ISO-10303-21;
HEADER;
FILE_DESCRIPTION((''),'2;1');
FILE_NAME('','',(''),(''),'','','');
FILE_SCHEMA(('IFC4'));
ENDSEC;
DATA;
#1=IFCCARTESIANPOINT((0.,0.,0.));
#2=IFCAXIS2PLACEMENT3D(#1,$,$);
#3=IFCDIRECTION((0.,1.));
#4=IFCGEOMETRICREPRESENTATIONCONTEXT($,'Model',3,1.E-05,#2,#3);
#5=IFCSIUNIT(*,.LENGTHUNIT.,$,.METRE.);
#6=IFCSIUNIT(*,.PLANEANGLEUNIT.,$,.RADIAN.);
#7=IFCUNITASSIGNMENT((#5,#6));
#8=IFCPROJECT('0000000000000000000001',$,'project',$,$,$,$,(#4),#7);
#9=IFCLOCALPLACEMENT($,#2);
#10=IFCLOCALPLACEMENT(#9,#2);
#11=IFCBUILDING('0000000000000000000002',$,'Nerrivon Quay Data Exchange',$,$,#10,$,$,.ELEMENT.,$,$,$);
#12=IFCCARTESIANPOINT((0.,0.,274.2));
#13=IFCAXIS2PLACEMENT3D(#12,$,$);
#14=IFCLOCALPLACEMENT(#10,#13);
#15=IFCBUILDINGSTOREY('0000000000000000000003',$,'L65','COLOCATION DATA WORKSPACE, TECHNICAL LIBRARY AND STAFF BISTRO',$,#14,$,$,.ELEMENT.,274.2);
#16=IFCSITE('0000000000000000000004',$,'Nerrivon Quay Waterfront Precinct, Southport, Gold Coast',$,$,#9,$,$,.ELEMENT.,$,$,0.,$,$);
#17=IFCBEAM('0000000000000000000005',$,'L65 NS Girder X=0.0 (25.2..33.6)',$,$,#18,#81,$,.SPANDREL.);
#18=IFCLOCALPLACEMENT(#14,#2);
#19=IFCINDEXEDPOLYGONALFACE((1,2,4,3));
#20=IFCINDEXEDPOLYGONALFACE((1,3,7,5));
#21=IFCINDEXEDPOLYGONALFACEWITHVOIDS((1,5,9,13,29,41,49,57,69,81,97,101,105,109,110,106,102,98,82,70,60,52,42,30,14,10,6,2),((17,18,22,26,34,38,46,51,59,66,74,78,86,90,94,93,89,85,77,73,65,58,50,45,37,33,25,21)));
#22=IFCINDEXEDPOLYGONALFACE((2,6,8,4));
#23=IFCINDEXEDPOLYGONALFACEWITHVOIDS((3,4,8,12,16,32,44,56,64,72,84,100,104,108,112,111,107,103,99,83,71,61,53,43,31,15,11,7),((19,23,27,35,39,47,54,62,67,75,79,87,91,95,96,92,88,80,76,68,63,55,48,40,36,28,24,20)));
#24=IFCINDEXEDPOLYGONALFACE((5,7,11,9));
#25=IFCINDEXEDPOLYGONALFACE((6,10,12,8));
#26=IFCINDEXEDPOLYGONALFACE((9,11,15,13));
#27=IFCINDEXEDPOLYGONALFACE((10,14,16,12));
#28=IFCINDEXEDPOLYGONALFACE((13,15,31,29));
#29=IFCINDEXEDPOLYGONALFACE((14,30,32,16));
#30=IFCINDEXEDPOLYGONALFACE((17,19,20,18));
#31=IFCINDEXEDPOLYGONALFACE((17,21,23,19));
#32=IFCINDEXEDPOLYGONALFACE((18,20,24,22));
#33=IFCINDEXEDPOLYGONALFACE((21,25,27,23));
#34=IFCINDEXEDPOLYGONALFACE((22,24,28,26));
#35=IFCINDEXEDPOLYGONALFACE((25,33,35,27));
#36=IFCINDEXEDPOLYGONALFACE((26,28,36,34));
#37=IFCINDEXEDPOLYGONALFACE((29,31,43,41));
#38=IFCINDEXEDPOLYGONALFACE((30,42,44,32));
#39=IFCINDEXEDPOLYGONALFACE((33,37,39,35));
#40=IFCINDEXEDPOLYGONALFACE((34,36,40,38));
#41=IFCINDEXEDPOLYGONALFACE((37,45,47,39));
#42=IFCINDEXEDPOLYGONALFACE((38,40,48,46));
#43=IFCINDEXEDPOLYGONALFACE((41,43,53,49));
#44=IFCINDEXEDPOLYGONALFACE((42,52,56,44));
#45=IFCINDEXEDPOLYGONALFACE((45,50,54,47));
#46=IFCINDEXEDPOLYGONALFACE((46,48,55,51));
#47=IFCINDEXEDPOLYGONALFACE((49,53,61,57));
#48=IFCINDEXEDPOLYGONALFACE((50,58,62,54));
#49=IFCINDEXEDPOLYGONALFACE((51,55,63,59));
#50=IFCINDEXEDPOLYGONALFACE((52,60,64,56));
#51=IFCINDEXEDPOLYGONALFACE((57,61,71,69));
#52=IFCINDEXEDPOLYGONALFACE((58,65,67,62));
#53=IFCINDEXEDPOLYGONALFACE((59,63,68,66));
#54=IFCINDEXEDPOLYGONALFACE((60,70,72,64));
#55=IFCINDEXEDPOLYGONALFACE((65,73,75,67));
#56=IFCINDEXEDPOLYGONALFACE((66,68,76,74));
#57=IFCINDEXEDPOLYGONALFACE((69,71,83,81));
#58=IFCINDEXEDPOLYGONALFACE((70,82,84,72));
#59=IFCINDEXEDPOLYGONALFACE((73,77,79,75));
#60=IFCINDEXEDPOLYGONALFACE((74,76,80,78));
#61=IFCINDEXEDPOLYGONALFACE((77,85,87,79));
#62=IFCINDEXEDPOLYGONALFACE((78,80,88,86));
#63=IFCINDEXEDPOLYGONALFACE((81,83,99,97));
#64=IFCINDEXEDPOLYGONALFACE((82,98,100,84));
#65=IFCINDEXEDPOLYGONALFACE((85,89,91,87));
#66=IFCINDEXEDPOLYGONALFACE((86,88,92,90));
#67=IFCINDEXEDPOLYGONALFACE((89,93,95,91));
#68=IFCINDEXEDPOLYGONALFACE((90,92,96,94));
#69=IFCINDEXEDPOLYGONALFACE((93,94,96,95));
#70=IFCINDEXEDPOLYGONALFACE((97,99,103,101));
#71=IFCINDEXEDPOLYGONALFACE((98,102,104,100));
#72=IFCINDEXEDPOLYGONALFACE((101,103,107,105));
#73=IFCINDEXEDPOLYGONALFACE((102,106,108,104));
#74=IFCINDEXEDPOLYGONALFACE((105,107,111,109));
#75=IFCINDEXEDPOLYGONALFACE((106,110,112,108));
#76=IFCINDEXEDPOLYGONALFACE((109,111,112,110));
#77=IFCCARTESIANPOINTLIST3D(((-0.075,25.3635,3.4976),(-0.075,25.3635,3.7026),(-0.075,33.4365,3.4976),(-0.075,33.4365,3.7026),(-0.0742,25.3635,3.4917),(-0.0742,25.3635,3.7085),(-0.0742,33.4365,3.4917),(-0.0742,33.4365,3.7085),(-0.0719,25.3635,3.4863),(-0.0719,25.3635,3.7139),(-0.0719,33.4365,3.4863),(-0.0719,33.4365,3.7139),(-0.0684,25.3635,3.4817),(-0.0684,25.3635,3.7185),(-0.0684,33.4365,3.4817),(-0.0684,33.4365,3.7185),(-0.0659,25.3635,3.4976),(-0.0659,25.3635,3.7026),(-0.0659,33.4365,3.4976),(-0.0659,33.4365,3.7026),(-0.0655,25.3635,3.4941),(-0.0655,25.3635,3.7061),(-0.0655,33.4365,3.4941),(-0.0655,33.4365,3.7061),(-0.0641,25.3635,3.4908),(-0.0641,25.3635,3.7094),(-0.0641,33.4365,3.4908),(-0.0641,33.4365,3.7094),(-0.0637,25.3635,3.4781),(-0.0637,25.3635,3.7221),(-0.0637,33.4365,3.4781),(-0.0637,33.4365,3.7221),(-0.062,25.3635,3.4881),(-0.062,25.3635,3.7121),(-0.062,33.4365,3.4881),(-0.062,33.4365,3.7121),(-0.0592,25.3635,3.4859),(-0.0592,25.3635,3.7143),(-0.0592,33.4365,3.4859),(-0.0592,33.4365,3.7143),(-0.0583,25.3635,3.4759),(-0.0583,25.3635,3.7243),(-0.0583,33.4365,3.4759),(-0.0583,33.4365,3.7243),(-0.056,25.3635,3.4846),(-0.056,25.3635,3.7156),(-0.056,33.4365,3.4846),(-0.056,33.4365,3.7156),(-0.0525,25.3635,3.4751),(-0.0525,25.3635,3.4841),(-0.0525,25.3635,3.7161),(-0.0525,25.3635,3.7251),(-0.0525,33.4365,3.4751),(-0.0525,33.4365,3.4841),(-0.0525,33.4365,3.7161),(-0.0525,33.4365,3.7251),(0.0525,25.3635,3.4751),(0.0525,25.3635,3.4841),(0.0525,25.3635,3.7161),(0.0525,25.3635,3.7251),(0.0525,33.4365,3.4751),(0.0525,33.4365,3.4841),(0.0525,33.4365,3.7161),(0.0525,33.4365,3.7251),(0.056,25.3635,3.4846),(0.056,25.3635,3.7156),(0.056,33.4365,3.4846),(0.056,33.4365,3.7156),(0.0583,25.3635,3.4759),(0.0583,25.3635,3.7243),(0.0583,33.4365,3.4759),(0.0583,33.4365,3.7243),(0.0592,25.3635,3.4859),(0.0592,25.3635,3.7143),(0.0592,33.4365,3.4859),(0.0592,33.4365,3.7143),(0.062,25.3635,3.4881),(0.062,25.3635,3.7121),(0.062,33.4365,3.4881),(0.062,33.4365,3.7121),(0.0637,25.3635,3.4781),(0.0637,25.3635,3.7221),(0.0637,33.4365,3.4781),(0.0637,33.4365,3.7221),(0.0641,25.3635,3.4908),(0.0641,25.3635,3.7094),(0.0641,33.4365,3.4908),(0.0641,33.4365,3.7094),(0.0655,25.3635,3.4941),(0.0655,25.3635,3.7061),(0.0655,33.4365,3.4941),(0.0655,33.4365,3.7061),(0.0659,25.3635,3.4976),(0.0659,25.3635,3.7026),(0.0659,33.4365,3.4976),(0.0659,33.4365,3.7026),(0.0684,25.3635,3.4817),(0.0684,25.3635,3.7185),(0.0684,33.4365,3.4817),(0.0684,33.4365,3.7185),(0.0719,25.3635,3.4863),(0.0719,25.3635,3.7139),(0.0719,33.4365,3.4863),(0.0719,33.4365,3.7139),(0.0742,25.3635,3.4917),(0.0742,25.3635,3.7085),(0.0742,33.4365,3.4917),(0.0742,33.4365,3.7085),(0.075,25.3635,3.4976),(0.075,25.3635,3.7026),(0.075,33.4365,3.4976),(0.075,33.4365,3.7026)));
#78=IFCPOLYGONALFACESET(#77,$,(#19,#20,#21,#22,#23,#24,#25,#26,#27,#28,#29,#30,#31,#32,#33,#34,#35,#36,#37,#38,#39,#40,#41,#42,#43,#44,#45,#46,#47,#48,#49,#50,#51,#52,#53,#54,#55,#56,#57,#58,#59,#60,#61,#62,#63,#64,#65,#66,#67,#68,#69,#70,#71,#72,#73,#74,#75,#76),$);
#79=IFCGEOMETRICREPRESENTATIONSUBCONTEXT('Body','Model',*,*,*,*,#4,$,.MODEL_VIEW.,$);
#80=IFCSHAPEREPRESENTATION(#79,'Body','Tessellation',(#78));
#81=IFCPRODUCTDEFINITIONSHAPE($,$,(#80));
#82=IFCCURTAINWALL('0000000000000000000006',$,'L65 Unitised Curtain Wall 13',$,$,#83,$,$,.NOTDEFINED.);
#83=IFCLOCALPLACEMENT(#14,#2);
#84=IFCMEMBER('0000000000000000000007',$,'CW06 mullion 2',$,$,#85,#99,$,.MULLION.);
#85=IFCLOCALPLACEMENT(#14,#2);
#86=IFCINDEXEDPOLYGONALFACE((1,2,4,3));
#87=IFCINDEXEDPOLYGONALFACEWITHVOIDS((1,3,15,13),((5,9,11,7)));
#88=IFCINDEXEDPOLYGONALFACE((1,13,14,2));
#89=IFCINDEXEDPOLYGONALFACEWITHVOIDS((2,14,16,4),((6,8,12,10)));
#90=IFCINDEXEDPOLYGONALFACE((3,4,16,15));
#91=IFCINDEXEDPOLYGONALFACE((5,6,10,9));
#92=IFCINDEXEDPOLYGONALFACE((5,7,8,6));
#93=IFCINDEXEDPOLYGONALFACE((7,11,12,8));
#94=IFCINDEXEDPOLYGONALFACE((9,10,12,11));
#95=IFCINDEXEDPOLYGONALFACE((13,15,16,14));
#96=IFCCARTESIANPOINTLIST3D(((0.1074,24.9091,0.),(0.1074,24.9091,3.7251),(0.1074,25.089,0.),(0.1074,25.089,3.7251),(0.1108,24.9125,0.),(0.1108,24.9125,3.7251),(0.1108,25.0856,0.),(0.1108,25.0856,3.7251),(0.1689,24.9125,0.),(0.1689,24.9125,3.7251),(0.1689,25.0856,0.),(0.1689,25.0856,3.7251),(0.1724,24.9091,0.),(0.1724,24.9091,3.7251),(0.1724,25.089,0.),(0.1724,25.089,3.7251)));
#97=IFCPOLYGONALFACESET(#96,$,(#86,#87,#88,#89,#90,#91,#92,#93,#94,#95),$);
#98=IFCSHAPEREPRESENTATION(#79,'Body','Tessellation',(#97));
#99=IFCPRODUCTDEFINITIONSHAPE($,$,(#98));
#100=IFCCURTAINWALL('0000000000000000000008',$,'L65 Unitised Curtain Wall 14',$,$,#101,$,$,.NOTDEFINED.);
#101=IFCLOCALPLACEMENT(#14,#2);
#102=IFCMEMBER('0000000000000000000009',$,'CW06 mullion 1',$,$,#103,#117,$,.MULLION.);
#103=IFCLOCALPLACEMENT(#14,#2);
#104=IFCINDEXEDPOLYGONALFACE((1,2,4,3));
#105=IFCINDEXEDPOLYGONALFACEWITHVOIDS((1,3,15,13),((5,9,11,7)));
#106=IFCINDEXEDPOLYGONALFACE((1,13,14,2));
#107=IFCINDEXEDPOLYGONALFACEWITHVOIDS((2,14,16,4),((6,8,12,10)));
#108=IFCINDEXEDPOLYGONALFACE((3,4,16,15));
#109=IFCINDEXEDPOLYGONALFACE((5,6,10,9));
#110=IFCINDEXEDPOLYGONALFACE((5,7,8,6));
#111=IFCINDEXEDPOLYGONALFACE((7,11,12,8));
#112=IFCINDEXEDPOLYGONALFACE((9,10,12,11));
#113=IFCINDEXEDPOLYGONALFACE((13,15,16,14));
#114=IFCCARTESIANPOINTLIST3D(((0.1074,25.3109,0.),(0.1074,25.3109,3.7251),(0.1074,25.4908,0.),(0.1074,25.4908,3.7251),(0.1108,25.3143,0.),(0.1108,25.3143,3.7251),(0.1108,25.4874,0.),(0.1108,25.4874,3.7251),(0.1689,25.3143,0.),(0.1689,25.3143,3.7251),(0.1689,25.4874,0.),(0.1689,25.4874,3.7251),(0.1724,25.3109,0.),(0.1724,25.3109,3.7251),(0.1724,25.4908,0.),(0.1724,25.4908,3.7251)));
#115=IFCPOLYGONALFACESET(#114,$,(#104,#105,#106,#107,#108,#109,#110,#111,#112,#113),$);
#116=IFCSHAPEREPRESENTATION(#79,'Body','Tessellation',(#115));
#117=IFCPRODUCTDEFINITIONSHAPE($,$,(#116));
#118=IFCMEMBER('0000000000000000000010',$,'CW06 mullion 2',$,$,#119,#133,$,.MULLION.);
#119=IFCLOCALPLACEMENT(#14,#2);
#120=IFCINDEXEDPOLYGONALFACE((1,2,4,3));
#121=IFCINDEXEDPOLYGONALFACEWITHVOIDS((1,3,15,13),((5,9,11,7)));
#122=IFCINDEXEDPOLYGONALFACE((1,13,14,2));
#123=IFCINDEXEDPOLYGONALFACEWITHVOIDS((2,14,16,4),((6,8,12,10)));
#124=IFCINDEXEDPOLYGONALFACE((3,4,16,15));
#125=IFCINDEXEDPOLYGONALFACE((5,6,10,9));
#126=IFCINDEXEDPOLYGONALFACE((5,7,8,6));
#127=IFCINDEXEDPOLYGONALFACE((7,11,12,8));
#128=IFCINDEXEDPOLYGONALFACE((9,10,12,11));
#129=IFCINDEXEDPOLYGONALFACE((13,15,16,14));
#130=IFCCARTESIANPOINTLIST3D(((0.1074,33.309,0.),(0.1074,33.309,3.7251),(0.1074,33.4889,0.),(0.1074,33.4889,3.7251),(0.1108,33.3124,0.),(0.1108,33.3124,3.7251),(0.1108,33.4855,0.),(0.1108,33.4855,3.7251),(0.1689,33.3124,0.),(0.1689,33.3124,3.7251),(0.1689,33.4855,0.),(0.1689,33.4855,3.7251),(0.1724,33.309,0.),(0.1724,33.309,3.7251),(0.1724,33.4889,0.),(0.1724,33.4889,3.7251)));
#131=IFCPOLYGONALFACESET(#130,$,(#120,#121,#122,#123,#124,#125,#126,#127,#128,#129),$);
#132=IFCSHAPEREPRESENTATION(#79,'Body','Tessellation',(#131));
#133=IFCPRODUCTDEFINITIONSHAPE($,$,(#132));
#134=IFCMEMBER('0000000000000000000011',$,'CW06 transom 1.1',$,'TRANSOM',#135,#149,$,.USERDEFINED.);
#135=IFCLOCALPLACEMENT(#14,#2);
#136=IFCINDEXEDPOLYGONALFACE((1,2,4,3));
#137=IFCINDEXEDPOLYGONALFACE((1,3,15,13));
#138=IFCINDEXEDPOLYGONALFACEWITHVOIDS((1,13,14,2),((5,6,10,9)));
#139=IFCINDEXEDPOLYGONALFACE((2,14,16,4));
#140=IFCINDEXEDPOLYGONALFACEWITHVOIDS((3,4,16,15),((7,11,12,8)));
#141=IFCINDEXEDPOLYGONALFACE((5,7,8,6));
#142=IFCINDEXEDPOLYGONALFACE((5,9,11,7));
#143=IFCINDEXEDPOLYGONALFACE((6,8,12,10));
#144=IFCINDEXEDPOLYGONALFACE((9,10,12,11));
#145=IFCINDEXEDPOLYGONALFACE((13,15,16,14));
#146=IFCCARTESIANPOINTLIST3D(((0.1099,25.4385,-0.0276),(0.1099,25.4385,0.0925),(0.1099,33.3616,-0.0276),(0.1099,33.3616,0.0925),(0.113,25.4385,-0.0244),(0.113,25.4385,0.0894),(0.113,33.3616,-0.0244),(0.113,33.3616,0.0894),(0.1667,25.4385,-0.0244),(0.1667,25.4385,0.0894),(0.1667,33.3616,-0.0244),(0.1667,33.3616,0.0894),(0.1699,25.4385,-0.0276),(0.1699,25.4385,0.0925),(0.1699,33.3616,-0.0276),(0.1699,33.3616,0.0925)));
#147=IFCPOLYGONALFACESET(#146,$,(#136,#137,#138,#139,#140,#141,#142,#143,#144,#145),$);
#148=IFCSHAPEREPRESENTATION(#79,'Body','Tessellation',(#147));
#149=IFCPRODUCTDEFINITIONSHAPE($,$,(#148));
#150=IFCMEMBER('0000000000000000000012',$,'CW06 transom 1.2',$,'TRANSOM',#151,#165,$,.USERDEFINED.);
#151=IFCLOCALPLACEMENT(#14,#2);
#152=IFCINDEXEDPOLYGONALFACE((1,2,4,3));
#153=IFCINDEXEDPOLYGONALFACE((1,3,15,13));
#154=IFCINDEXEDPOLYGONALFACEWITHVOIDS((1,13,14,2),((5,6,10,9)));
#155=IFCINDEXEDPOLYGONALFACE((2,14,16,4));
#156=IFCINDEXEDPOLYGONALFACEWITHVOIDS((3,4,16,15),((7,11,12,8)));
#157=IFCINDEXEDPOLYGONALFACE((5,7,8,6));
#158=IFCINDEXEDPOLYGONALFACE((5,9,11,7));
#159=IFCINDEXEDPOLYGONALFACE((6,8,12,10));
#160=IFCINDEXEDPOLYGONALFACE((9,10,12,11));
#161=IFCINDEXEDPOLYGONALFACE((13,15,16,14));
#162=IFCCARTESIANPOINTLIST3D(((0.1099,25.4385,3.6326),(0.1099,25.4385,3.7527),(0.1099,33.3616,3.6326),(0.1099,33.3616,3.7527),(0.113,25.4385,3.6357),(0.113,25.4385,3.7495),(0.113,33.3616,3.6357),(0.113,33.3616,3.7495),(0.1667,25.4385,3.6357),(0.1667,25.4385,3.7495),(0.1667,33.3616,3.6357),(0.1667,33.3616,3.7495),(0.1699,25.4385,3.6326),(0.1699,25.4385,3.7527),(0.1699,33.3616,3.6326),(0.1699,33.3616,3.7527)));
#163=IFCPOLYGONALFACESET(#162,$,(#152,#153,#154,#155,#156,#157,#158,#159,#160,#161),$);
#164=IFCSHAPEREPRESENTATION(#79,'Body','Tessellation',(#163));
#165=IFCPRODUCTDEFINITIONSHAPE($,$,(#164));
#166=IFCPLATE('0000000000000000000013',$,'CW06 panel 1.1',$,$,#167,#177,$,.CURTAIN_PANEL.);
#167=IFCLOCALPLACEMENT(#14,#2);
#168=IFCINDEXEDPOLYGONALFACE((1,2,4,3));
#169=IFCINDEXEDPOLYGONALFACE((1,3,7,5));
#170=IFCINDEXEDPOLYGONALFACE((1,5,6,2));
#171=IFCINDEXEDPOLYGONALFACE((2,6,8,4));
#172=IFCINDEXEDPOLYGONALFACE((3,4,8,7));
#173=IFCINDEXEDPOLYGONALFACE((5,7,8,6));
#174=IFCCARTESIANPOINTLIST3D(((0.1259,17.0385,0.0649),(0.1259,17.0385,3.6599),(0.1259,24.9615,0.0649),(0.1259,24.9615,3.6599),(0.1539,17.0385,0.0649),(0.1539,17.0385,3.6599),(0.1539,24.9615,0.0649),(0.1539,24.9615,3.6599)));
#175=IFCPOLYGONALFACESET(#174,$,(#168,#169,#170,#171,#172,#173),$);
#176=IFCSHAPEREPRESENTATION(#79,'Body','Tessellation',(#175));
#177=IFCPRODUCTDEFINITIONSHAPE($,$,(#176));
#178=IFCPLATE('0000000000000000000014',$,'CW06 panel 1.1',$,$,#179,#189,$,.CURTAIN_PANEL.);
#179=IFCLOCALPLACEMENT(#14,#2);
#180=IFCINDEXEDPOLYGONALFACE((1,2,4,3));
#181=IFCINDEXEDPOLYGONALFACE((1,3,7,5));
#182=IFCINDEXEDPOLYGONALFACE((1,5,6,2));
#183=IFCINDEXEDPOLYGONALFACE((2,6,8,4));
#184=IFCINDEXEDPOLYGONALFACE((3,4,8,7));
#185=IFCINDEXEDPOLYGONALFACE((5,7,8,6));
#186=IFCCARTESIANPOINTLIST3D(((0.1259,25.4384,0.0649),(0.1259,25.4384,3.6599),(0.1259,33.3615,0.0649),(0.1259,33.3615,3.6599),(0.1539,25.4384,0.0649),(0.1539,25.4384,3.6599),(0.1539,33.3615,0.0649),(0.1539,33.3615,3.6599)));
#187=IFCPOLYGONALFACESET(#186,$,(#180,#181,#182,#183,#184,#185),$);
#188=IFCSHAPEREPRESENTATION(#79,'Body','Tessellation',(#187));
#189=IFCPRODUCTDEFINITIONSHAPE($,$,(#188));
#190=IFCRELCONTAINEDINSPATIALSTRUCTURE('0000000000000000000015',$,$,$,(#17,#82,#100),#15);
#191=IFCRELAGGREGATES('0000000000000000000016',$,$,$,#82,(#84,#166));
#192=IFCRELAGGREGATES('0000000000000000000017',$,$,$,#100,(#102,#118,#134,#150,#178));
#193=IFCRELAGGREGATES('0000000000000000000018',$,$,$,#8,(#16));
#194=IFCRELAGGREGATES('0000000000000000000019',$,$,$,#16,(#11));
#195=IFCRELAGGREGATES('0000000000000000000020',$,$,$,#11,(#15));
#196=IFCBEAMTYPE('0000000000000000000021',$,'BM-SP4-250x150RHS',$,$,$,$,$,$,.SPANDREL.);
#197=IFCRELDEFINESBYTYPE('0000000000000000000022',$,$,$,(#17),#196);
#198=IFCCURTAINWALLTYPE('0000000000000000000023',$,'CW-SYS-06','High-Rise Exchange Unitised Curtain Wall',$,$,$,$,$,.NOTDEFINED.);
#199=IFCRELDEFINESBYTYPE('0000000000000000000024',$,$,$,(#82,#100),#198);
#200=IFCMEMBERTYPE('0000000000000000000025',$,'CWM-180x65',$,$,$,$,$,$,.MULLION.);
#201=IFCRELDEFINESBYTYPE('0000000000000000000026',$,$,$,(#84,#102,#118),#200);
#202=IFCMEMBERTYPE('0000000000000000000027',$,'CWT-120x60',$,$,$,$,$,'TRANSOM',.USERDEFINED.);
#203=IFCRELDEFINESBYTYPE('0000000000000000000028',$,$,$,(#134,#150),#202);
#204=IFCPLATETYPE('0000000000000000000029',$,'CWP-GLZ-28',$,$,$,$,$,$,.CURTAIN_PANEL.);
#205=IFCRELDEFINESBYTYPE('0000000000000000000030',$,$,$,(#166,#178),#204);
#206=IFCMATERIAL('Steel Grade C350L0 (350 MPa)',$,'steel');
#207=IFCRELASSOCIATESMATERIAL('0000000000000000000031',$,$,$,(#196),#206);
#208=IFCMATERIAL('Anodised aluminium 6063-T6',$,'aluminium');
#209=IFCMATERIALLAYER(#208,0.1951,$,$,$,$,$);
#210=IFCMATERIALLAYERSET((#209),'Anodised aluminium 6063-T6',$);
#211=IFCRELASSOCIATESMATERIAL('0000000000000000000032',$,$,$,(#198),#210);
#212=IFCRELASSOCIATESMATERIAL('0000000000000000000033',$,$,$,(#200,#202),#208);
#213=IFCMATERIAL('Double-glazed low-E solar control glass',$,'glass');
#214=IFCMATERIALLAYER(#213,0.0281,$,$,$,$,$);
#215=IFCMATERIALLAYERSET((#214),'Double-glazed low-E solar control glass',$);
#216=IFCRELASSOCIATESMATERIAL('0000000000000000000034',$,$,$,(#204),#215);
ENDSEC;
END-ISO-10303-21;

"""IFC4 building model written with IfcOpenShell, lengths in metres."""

from ifc_helpers import new_model, si_unit, direction, frame, origin, origin_2d, place, context, subcontext, project, spatial, rectangle, hollow_rectangle, extrude, material, layer, layer_set, material_profile, profile_set, type_object, element, aggregate, save


model = new_model("IFC4")

# Units and contexts
model_context = context("Model", 3, precision=1e-05, world=origin(), true_north=direction((0.0, 1.0)))
body_context = subcontext(model_context, "Body", "Model", "MODEL_VIEW")
ifc_project = project(units=[si_unit("LENGTHUNIT", "METRE"), si_unit("PLANEANGLEUNIT", "RADIAN")], contexts=[model_context])

# Site, building, storey
site_placement = place(None, origin())
site = spatial("IfcSite", under=ifc_project, at=site_placement, Name="Nerrivon Quay Waterfront Precinct, Southport, Gold Coast", CompositionType="ELEMENT", RefElevation=0.0)
building_placement = place(site_placement, origin())
building = spatial("IfcBuilding", under=site, at=building_placement, Name="Nerrivon Quay Data Exchange", CompositionType="ELEMENT")
storey_placement = place(building_placement, frame((0.0, 0.0, 274.2)))
storey = spatial("IfcBuildingStorey", under=building, at=storey_placement, Name="L65", Description="COLOCATION DATA WORKSPACE, TECHNICAL LIBRARY AND STAFF BISTRO", CompositionType="ELEMENT", Elevation=274.2)

# Beam
ifc_material_1 = material(Name="Steel Grade C350L0 (350 MPa)", Category="steel")
ifc_material_profile_1 = material_profile(ifc_material_1, hollow_rectangle(XDim=0.1499, YDim=0.25, WallThickness=0.009, InnerFilletRadius=0.0134, OuterFilletRadius=0.0225, at=origin_2d()), Name="250x150x9.0RHS")
ifc_profile_set_1 = profile_set([ifc_material_profile_1], Name="Steel Grade C350L0 (350 MPa)")
beam_type_1 = type_object("IfcBeamType", Name="BM-SP4-250x150RHS", PredefinedType="SPANDREL", material=ifc_profile_set_1)
beam_1_placement = place(storey_placement, frame((0.0, 25.3635, 3.6001), z_axis=(0.0, 1.0, 0.0), x_axis=(-1.0, 0.0, 0.0)))
element("IfcBeam", 1, at=beam_1_placement, inside=storey, type_object=beam_type_1, Name="L65 NS Girder X=0.0 (25.2..33.6)", PredefinedType="SPANDREL", context=body_context, shape_type="SweptSolid", body=[
    extrude(hollow_rectangle(XDim=0.1499, YDim=0.25, WallThickness=0.009, InnerFilletRadius=0.0134, OuterFilletRadius=0.0225, at=origin_2d()), origin(), (0.0, 0.0, 1.0), 8.073),
])

# Curtain wall, member
ifc_material_2 = material(Name="Anodised aluminium 6063-T6", Category="aluminium")
ifc_layer_1 = layer(ifc_material_2, 0.1951)
ifc_layer_set_1 = layer_set([ifc_layer_1], Name="Anodised aluminium 6063-T6")
curtain_wall_type = type_object("IfcCurtainWallType", Name="CW-SYS-06", Description="High-Rise Exchange Unitised Curtain Wall", PredefinedType="NOTDEFINED", material=ifc_layer_set_1)
curtain_wall_1_placement = place(storey_placement, origin())
curtain_wall_1 = element("IfcCurtainWall", 2, at=curtain_wall_1_placement, inside=storey, type_object=curtain_wall_type, Name="L65 Unitised Curtain Wall 13", PredefinedType="NOTDEFINED")
ifc_material_profile_2 = material_profile(ifc_material_2, hollow_rectangle(XDim=0.0649, YDim=0.1799, WallThickness=0.0034, at=origin_2d()), Name="ALU-MULL-180x65")
ifc_profile_set_2 = profile_set([ifc_material_profile_2], Name="Anodised aluminium 6063-T6")
member_type_1 = type_object("IfcMemberType", Name="CWM-180x65", PredefinedType="MULLION", material=ifc_profile_set_2)
member_1_placement = place(storey_placement, frame((0.1399, 24.999, 0.0), z_axis=(0.0, 0.0, 1.0), x_axis=(-1.0, 0.0, 0.0)))
member_1 = element("IfcMember", 3, at=member_1_placement, type_object=member_type_1, Name="CW06 mullion 2", PredefinedType="MULLION", context=body_context, shape_type="SweptSolid", body=[
    extrude(hollow_rectangle(XDim=0.0649, YDim=0.1799, WallThickness=0.0034, at=origin_2d()), origin(), (0.0, 0.0, 1.0), 3.7251),
])

# Curtain wall, members
curtain_wall_2_placement = place(storey_placement, origin())
curtain_wall_2 = element("IfcCurtainWall", 4, at=curtain_wall_2_placement, inside=storey, type_object=curtain_wall_type, Name="L65 Unitised Curtain Wall 14", PredefinedType="NOTDEFINED")
member_2_placement = place(storey_placement, frame((0.1399, 25.4009, 0.0), z_axis=(0.0, 0.0, 1.0), x_axis=(-1.0, 0.0, 0.0)))
member_2 = element("IfcMember", 5, at=member_2_placement, type_object=member_type_1, Name="CW06 mullion 1", PredefinedType="MULLION", context=body_context, shape_type="SweptSolid", body=[
    extrude(hollow_rectangle(XDim=0.0649, YDim=0.1799, WallThickness=0.0034, at=origin_2d()), origin(), (0.0, 0.0, 1.0), 3.7251),
])
member_3_placement = place(storey_placement, frame((0.1399, 33.3989, 0.0), z_axis=(0.0, 0.0, 1.0), x_axis=(-1.0, 0.0, 0.0)))
member_3 = element("IfcMember", 6, at=member_3_placement, type_object=member_type_1, Name="CW06 mullion 2", PredefinedType="MULLION", context=body_context, shape_type="SweptSolid", body=[
    extrude(hollow_rectangle(XDim=0.0649, YDim=0.1799, WallThickness=0.0034, at=origin_2d()), origin(), (0.0, 0.0, 1.0), 3.7251),
])
ifc_material_profile_3 = material_profile(ifc_material_2, hollow_rectangle(XDim=0.0601, YDim=0.1201, WallThickness=0.0032, at=origin_2d()), Name="ALU-TRAN-120x60")
ifc_profile_set_3 = profile_set([ifc_material_profile_3], Name="Anodised aluminium 6063-T6")
member_type_2 = type_object("IfcMemberType", Name="CWT-120x60", ElementType="TRANSOM", PredefinedType="USERDEFINED", material=ifc_profile_set_3)
member_4_placement = place(storey_placement, frame((0.1399, 25.4385, 0.0325), z_axis=(0.0, 1.0, 0.0), x_axis=(-1.0, 0.0, 0.0)))
member_4 = element("IfcMember", 7, at=member_4_placement, type_object=member_type_2, Name="CW06 transom 1.1", ObjectType="TRANSOM", PredefinedType="USERDEFINED", context=body_context, shape_type="SweptSolid", body=[
    extrude(hollow_rectangle(XDim=0.0601, YDim=0.1201, WallThickness=0.0032, at=origin_2d()), origin(), (0.0, 0.0, 1.0), 7.9231),
])
member_5_placement = place(storey_placement, frame((0.1399, 25.4385, 3.6926), z_axis=(0.0, 1.0, 0.0), x_axis=(-1.0, 0.0, 0.0)))
member_5 = element("IfcMember", 8, at=member_5_placement, type_object=member_type_2, Name="CW06 transom 1.2", ObjectType="TRANSOM", PredefinedType="USERDEFINED", context=body_context, shape_type="SweptSolid", body=[
    extrude(hollow_rectangle(XDim=0.0601, YDim=0.1201, WallThickness=0.0032, at=origin_2d()), origin(), (0.0, 0.0, 1.0), 7.9231),
])

# Plates
ifc_material_3 = material(Name="Double-glazed low-E solar control glass", Category="glass")
ifc_layer_2 = layer(ifc_material_3, 0.0281)
ifc_layer_set_2 = layer_set([ifc_layer_2], Name="Double-glazed low-E solar control glass")
plate_type = type_object("IfcPlateType", Name="CWP-GLZ-28", PredefinedType="CURTAIN_PANEL", material=ifc_layer_set_2)
plate_1_placement = place(storey_placement, frame((0.1399, 21.0, 0.0649), z_axis=(0.0, 0.0, 1.0), x_axis=(0.0, 1.0, 0.0)))
plate_1 = element("IfcPlate", 9, at=plate_1_placement, type_object=plate_type, Name="CW06 panel 1.1", PredefinedType="CURTAIN_PANEL", context=body_context, shape_type="SweptSolid", body=[
    extrude(rectangle(XDim=7.9231, YDim=0.0281, at=origin_2d()), origin(), (0.0, 0.0, 1.0), 3.595),
])
aggregate(curtain_wall_1, [member_1, plate_1])
plate_2_placement = place(storey_placement, frame((0.1399, 29.3999, 0.0649), z_axis=(0.0, 0.0, 1.0), x_axis=(0.0, 1.0, 0.0)))
plate_2 = element("IfcPlate", 10, at=plate_2_placement, type_object=plate_type, Name="CW06 panel 1.1", PredefinedType="CURTAIN_PANEL", context=body_context, shape_type="SweptSolid", body=[
    extrude(rectangle(XDim=7.9231, YDim=0.0281, at=origin_2d()), origin(), (0.0, 0.0, 1.0), 3.595),
])
aggregate(curtain_wall_2, [member_2, member_3, member_4, member_5, plate_2])

save(model, "model.ifc")
